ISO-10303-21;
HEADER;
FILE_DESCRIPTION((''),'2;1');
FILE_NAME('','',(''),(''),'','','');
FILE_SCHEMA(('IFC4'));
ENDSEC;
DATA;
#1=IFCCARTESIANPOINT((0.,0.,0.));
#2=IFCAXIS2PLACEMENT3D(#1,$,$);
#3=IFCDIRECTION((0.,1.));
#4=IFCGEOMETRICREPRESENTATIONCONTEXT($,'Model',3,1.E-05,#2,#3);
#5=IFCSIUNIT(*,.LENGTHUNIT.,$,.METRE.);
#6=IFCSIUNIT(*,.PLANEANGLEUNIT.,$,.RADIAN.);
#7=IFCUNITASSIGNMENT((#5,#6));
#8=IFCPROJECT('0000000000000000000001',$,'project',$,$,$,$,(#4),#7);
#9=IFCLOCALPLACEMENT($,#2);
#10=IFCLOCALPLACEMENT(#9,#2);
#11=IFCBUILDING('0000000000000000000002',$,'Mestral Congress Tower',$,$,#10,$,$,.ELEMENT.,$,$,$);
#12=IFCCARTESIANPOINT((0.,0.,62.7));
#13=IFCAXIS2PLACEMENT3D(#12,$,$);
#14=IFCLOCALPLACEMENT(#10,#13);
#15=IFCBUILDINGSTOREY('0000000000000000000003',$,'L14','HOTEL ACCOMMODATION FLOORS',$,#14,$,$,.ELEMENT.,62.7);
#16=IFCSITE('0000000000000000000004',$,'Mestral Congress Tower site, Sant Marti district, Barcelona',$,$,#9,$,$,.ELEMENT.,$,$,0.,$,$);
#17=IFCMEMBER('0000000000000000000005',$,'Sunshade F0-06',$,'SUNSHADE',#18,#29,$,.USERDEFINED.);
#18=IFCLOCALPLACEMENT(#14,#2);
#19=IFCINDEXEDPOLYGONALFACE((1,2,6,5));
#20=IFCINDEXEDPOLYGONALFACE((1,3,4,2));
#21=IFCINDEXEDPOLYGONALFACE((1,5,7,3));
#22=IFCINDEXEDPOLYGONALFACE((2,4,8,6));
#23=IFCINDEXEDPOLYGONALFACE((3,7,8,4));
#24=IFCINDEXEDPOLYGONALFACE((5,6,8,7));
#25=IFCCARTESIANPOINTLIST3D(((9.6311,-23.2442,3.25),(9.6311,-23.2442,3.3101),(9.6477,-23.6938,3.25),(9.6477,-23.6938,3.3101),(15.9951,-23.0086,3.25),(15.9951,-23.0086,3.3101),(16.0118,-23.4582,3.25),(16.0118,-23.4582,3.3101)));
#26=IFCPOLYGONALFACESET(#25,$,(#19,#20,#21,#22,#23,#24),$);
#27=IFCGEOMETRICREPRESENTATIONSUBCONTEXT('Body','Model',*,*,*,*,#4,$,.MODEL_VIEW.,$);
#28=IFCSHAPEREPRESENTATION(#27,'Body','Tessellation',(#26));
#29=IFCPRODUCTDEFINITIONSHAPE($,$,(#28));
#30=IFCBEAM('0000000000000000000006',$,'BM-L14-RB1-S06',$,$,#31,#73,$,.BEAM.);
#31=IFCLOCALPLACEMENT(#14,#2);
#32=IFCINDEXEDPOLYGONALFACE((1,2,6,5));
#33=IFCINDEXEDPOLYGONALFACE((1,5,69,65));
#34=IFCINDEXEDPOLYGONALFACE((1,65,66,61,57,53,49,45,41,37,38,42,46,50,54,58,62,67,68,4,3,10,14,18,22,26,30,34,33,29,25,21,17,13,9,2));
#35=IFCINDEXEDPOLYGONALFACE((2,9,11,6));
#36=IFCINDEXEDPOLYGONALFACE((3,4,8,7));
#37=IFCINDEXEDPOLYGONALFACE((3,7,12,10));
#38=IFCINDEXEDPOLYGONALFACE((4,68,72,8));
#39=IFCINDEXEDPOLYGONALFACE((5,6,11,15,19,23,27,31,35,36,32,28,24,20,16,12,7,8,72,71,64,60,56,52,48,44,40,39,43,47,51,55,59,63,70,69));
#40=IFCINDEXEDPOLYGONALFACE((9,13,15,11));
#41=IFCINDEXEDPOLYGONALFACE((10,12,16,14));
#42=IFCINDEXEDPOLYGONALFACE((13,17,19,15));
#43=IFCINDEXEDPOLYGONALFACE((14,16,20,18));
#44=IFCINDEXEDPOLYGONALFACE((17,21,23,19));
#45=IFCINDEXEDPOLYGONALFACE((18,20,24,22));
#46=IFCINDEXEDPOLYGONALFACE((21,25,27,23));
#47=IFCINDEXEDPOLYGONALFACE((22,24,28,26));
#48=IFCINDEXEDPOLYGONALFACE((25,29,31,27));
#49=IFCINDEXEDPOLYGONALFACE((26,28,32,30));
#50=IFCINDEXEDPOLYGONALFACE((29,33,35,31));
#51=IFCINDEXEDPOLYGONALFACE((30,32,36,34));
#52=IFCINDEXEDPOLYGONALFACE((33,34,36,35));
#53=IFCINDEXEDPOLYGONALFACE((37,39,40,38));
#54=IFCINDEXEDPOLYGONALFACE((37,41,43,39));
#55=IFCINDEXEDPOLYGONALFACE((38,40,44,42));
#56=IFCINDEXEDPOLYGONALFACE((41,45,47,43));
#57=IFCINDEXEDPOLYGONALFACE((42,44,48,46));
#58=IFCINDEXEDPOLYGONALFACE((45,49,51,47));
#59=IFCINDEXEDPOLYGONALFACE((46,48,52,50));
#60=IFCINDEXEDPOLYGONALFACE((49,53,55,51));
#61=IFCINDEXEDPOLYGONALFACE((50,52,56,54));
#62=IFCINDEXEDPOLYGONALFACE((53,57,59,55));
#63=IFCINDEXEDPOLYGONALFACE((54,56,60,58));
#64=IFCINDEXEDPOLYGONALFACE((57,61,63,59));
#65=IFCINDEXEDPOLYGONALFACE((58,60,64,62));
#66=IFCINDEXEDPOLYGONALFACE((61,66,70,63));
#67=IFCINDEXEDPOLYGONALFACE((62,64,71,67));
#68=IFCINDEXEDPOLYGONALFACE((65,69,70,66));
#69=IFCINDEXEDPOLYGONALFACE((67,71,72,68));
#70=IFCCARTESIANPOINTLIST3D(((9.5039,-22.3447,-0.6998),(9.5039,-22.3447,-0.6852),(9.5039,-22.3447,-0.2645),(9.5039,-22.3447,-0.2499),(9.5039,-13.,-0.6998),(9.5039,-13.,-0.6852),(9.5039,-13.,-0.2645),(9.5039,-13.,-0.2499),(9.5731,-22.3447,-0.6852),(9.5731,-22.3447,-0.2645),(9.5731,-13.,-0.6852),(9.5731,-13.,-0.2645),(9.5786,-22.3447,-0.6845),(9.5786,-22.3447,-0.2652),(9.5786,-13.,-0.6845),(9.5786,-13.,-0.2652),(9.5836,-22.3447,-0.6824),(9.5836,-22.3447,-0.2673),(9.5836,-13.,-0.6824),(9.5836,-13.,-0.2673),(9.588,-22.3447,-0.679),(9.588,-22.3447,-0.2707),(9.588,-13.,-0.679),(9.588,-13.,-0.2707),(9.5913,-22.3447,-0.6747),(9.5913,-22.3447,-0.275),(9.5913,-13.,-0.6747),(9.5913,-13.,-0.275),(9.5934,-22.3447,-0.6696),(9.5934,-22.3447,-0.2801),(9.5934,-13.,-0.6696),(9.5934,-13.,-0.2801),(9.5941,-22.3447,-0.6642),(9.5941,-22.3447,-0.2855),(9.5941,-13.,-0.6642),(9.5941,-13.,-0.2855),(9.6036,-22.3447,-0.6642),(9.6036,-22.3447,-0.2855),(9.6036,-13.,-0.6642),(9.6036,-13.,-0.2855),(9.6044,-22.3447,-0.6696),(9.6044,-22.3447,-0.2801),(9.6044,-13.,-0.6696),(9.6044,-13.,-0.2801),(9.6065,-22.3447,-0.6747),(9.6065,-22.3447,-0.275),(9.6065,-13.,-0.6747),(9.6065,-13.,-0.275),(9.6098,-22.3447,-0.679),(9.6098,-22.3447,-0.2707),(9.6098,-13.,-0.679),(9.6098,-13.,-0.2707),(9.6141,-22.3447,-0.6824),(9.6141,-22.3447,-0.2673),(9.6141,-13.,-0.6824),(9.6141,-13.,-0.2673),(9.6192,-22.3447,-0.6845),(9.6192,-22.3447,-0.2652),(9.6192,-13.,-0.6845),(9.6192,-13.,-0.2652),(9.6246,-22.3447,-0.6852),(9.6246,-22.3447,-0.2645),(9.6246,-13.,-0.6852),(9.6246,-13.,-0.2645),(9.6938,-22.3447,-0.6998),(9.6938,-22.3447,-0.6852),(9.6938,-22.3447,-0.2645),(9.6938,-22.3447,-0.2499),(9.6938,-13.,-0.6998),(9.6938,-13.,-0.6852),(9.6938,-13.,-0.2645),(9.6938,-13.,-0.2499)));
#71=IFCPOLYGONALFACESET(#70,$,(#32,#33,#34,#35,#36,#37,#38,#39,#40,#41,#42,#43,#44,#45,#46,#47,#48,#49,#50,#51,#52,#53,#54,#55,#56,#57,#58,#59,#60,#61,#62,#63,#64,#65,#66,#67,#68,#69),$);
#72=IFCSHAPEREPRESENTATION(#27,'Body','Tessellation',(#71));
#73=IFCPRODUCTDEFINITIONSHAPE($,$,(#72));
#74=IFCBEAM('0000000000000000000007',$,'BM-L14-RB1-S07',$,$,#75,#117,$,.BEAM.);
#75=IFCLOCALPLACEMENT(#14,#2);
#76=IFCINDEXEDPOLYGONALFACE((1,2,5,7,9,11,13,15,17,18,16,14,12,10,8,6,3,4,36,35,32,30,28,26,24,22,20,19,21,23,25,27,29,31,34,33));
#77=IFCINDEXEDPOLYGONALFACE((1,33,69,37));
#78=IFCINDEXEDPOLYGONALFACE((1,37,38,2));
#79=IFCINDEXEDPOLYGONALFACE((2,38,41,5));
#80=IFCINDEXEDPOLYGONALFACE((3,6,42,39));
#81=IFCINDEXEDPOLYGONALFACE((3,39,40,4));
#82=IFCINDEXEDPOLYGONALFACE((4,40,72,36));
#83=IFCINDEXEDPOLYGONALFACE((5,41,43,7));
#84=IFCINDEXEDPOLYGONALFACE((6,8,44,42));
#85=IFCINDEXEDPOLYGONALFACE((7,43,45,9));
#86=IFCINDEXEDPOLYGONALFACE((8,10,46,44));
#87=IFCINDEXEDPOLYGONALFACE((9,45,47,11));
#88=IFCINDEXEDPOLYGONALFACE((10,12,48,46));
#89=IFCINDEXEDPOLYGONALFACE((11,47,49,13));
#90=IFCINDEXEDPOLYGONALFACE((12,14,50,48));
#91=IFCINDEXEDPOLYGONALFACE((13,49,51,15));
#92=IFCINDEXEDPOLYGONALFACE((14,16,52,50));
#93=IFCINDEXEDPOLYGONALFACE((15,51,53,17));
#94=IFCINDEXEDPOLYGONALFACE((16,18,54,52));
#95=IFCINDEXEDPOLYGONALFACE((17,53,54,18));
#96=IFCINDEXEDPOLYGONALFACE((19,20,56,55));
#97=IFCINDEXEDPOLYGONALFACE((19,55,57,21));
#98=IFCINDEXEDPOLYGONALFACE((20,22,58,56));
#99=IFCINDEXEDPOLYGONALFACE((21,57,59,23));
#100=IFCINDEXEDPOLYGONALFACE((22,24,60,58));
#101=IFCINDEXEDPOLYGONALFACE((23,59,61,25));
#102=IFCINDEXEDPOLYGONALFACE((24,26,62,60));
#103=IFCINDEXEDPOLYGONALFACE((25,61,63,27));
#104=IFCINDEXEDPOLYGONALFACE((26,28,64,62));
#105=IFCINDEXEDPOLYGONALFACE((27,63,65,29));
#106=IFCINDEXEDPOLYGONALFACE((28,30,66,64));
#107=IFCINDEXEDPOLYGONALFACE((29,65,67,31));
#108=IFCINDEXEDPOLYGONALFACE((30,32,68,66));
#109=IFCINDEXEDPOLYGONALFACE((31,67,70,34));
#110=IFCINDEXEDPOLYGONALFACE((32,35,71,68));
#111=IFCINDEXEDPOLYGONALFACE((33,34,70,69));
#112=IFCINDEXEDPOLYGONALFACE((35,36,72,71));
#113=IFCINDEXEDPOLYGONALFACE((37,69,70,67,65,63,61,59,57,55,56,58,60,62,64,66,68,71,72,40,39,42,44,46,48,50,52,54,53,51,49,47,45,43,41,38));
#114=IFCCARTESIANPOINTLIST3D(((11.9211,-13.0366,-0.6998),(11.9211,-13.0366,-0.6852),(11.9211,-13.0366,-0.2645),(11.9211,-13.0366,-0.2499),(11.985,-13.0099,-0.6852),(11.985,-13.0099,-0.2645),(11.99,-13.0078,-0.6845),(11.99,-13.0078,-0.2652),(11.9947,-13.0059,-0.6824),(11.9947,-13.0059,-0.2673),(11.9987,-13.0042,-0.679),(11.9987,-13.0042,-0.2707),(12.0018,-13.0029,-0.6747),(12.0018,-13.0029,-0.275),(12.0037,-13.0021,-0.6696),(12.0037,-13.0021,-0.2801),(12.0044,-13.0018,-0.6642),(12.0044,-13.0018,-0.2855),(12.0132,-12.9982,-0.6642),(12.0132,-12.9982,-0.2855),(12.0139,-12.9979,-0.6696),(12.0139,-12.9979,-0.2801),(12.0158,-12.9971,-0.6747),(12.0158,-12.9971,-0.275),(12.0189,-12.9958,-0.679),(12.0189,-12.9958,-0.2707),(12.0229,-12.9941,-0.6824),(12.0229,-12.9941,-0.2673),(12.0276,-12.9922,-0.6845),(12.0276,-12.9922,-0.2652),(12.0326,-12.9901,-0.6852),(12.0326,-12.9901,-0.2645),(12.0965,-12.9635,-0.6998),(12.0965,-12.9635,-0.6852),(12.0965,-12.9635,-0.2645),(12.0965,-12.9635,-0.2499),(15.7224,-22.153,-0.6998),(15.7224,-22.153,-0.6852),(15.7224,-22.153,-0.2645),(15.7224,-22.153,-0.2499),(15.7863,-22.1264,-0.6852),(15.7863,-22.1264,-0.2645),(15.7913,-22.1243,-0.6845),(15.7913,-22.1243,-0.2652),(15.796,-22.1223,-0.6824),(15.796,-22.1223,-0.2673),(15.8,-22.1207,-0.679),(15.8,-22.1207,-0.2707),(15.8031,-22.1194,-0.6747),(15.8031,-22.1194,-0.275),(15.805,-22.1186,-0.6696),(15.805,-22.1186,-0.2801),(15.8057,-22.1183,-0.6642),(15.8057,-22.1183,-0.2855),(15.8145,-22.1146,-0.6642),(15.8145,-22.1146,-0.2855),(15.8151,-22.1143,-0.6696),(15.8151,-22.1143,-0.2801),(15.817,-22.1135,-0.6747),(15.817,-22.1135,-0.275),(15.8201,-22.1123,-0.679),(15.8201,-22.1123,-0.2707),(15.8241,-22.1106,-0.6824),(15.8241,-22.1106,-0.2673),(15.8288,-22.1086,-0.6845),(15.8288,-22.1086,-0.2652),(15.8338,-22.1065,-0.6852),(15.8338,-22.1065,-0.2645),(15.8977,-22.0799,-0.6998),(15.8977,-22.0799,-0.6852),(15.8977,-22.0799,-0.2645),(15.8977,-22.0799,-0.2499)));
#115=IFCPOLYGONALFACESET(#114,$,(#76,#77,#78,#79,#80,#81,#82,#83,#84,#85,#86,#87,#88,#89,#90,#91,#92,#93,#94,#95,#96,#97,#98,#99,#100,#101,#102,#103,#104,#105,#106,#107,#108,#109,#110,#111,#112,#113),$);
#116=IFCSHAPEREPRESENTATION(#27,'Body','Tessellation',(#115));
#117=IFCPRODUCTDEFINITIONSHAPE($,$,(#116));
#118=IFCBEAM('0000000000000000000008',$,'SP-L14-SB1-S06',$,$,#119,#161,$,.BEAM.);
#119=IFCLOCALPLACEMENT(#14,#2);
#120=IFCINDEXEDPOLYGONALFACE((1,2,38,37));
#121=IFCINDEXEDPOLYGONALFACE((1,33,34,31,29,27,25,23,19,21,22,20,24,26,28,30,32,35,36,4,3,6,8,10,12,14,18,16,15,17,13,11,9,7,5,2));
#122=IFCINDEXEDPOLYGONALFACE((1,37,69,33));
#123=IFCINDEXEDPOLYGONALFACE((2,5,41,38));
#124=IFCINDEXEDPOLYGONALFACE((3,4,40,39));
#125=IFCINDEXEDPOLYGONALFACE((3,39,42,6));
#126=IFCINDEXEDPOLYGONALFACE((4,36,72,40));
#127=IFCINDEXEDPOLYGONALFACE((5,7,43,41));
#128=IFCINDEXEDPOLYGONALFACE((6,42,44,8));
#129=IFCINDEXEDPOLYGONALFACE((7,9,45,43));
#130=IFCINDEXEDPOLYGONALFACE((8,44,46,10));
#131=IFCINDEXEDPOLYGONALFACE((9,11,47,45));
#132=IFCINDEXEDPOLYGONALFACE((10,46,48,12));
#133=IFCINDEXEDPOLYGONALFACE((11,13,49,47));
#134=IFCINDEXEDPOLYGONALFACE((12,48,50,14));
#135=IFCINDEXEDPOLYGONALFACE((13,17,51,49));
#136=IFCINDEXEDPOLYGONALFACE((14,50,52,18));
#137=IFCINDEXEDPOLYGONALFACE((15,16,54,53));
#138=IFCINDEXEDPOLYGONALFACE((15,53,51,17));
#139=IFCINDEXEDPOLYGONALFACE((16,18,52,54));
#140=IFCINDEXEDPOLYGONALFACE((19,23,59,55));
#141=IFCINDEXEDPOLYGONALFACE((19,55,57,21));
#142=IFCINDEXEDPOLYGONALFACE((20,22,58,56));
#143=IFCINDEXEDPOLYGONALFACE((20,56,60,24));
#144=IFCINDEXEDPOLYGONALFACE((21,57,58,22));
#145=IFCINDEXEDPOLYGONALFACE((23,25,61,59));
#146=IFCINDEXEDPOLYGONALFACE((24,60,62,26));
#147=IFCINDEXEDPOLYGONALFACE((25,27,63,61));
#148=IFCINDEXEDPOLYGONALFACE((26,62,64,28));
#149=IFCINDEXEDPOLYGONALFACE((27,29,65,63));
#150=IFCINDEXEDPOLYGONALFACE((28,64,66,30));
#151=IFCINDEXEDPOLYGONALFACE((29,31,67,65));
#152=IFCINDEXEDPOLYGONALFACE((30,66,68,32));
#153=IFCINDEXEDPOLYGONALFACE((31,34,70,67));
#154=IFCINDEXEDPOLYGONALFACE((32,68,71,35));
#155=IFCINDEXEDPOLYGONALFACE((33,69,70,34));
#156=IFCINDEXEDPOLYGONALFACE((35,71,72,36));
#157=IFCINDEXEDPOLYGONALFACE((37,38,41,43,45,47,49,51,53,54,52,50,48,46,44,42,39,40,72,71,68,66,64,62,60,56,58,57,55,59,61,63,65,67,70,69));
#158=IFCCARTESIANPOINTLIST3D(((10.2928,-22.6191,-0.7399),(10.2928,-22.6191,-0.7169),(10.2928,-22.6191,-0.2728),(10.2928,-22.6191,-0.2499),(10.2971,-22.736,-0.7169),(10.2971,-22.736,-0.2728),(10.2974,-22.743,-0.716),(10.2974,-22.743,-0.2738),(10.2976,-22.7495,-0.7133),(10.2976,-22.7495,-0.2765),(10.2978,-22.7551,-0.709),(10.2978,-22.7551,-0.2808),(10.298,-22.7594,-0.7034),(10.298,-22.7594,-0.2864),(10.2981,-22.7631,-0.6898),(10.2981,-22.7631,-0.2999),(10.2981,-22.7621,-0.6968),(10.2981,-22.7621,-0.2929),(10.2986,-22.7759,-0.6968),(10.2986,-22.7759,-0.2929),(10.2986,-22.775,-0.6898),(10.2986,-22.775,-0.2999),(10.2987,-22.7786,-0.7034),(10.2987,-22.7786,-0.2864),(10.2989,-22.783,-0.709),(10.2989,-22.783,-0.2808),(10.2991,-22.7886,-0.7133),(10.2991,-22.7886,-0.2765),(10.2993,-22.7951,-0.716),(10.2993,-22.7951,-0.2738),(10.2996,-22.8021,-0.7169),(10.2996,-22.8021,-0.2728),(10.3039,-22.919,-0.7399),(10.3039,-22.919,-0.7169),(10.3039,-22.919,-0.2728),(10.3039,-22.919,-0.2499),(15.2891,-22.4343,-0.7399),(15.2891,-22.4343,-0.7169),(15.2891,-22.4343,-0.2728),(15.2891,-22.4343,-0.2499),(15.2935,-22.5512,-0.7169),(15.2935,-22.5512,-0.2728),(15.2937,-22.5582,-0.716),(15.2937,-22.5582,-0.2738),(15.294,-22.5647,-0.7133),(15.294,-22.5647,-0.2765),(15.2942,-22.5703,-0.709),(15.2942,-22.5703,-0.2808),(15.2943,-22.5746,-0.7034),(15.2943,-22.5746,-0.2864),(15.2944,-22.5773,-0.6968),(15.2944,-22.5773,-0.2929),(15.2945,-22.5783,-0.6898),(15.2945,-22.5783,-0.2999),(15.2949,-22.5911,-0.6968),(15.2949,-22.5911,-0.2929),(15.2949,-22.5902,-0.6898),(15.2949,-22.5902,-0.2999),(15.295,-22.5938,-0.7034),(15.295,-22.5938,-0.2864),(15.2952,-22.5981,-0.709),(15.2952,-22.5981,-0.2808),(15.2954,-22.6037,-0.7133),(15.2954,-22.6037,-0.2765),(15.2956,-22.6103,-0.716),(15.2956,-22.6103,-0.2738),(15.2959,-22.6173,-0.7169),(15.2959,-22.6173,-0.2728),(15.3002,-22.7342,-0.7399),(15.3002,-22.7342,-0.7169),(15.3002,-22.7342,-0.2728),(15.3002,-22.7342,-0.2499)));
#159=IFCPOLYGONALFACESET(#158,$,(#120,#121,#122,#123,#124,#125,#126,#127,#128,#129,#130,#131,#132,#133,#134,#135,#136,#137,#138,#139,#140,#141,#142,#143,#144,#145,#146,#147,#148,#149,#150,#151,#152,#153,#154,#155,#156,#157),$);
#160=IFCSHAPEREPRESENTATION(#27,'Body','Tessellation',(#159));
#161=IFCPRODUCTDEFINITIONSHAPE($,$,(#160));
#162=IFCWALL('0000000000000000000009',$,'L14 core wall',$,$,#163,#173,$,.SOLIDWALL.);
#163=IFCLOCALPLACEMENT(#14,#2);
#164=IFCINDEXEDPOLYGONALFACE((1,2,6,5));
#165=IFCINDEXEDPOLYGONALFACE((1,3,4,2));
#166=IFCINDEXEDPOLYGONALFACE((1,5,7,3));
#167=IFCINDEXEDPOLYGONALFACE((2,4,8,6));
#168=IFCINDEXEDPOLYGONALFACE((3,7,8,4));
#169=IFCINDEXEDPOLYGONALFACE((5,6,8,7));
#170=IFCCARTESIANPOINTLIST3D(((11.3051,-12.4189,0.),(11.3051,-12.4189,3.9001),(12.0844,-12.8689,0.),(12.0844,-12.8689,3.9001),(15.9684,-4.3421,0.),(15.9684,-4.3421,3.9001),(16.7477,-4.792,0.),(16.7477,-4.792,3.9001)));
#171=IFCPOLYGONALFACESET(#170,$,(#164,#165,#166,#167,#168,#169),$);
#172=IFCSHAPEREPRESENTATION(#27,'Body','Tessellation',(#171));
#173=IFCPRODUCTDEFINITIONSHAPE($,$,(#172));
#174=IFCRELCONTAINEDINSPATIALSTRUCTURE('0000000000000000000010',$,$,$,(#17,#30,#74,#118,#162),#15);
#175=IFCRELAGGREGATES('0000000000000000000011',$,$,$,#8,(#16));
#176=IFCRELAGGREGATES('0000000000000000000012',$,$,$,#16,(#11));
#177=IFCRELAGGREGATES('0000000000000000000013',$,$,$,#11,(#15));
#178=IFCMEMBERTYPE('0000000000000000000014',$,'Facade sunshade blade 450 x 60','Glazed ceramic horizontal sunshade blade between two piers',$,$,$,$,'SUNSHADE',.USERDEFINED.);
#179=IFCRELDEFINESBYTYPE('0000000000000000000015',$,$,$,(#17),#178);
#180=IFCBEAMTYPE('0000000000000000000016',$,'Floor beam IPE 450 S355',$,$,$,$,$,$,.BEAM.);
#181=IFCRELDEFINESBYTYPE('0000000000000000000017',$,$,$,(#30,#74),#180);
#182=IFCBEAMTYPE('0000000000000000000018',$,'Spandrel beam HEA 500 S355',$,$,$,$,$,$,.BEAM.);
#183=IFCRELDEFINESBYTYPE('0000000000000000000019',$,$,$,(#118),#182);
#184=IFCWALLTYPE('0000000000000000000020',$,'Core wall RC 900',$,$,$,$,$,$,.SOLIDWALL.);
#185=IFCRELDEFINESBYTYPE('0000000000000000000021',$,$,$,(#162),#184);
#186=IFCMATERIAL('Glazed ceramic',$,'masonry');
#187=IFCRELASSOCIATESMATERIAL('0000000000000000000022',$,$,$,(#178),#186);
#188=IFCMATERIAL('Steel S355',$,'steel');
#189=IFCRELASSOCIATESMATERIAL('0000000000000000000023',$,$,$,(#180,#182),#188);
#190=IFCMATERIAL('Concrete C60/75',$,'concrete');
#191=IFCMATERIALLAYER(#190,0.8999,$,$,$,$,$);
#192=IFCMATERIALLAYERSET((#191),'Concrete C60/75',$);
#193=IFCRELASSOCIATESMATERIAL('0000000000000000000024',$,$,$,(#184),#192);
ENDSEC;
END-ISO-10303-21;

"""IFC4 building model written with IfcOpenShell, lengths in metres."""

from ifc_helpers import new_model, si_unit, direction, frame, frame_2d, origin, origin_2d, place, context, subcontext, project, spatial, rectangle, i_section, extrude, material, layer, layer_set, material_profile, profile_set, type_object, element, save


model = new_model("IFC4")

# Units and contexts
model_context = context("Model", 3, precision=1e-05, world=origin(), true_north=direction((0.0, 1.0)))
body_context = subcontext(model_context, "Body", "Model", "MODEL_VIEW")
ifc_project = project(units=[si_unit("LENGTHUNIT", "METRE"), si_unit("PLANEANGLEUNIT", "RADIAN")], contexts=[model_context])

# Site, building, storey
site_placement = place(None, origin())
site = spatial("IfcSite", under=ifc_project, at=site_placement, Name="Mestral Congress Tower site, Sant Marti district, Barcelona", CompositionType="ELEMENT", RefElevation=0.0)
building_placement = place(site_placement, origin())
building = spatial("IfcBuilding", under=site, at=building_placement, Name="Mestral Congress Tower", CompositionType="ELEMENT")
storey_placement = place(building_placement, frame((0.0, 0.0, 62.7)))
storey = spatial("IfcBuildingStorey", under=building, at=storey_placement, Name="L14", Description="HOTEL ACCOMMODATION FLOORS", CompositionType="ELEMENT", Elevation=62.7)

# Member
ifc_material_1 = material(Name="Glazed ceramic", Category="masonry")
ifc_material_profile_1 = material_profile(ifc_material_1, rectangle(XDim=0.45, YDim=0.0601, at=origin_2d()), Name="Ceramic blade 450 x 60")
ifc_profile_set_1 = profile_set([ifc_material_profile_1], Name="Glazed ceramic")
member_type = type_object("IfcMemberType", Name="Facade sunshade blade 450 x 60", Description="Glazed ceramic horizontal sunshade blade between two piers", ElementType="SUNSHADE", PredefinedType="USERDEFINED", material=ifc_profile_set_1)
member_placement = place(storey_placement, frame((9.6394, -23.469, 3.28), z_axis=(0.999315, 0.036995, 0.0), x_axis=(-0.036995, 0.999315, 0.0)))
element("IfcMember", 1, at=member_placement, inside=storey, type_object=member_type, Name="Sunshade F0-06", ObjectType="SUNSHADE", PredefinedType="USERDEFINED", context=body_context, shape_type="SweptSolid", body=[
    extrude(rectangle(XDim=0.45, YDim=0.0601, at=origin_2d()), origin(), (0.0, 0.0, 1.0), 6.3684),
])

# Beams
ifc_material_2 = material(Name="Steel S355", Category="steel")
ifc_material_profile_2 = material_profile(ifc_material_2, i_section(OverallWidth=0.1899, OverallDepth=0.45, WebThickness=0.0095, FlangeThickness=0.0146, FilletRadius=0.021, at=origin_2d()), Name="IPE 450")
ifc_profile_set_2 = profile_set([ifc_material_profile_2], Name="Steel S355")
beam_type_1 = type_object("IfcBeamType", Name="Floor beam IPE 450 S355", PredefinedType="BEAM", material=ifc_profile_set_2)
beam_1_placement = place(storey_placement, frame((9.5989, -22.3447, -0.4749), z_axis=(0.0, 1.0, 0.0), x_axis=(-1.0, 0.0, 0.0)))
element("IfcBeam", 2, at=beam_1_placement, inside=storey, type_object=beam_type_1, Name="BM-L14-RB1-S06", PredefinedType="BEAM", context=body_context, shape_type="SweptSolid", body=[
    extrude(i_section(OverallWidth=0.1899, OverallDepth=0.45, WebThickness=0.0095, FlangeThickness=0.0146, FilletRadius=0.021, at=origin_2d()), origin(), (0.0, 0.0, 1.0), 9.3447),
])
beam_2_placement = place(storey_placement, frame((15.8101, -22.1165, -0.4749), z_axis=(-0.384852, 0.922978, 0.0), x_axis=(-0.922978, -0.384852, 0.0)))
element("IfcBeam", 3, at=beam_2_placement, inside=storey, type_object=beam_type_1, Name="BM-L14-RB1-S07", PredefinedType="BEAM", context=body_context, shape_type="SweptSolid", body=[
    extrude(i_section(OverallWidth=0.1899, OverallDepth=0.45, WebThickness=0.0095, FlangeThickness=0.0146, FilletRadius=0.021, at=origin_2d()), origin(), (0.0, 0.0, 1.0), 9.8772),
])
ifc_material_profile_3 = material_profile(ifc_material_2, i_section(OverallWidth=0.3, OverallDepth=0.49, WebThickness=0.012, FlangeThickness=0.0229, FilletRadius=0.0271, at=origin_2d()), Name="HEA 500")
ifc_profile_set_3 = profile_set([ifc_material_profile_3], Name="Steel S355")
beam_type_2 = type_object("IfcBeamType", Name="Spandrel beam HEA 500 S355", PredefinedType="BEAM", material=ifc_profile_set_3)
beam_3_placement = place(storey_placement, frame((10.2983, -22.769, -0.4949), z_axis=(0.999317, 0.036965, 0.0), x_axis=(-0.036965, 0.999317, 0.0)))
element("IfcBeam", 4, at=beam_3_placement, inside=storey, type_object=beam_type_2, Name="SP-L14-SB1-S06", PredefinedType="BEAM", context=body_context, shape_type="SweptSolid", body=[
    extrude(i_section(OverallWidth=0.3, OverallDepth=0.49, WebThickness=0.012, FlangeThickness=0.0229, FilletRadius=0.0271, at=origin_2d()), origin(), (0.0, 0.0, 1.0), 4.9998),
])

# Wall
ifc_material_3 = material(Name="Concrete C60/75", Category="concrete")
ifc_layer_1 = layer(ifc_material_3, 0.8999)
ifc_layer_set_1 = layer_set([ifc_layer_1], Name="Concrete C60/75")
wall_type_1 = type_object("IfcWallType", Name="Core wall RC 900", PredefinedType="SOLIDWALL", material=ifc_layer_set_1)
wall_1_placement = place(storey_placement, frame((11.6948, -12.6438, 0.0), z_axis=(0.0, 0.0, 1.0), x_axis=(0.50001, 0.866019, 0.0)))
element("IfcWall", 5, at=wall_1_placement, inside=storey, type_object=wall_type_1, Name="L14 core wall", PredefinedType="SOLIDWALL", context=body_context, shape_type="SweptSolid", body=[
    extrude(rectangle(XDim=9.3264, YDim=0.8999, at=frame_2d((4.6631, 0.0))), origin(), (0.0, 0.0, 1.0), 3.9001),
])

save(model, "model.ifc")
